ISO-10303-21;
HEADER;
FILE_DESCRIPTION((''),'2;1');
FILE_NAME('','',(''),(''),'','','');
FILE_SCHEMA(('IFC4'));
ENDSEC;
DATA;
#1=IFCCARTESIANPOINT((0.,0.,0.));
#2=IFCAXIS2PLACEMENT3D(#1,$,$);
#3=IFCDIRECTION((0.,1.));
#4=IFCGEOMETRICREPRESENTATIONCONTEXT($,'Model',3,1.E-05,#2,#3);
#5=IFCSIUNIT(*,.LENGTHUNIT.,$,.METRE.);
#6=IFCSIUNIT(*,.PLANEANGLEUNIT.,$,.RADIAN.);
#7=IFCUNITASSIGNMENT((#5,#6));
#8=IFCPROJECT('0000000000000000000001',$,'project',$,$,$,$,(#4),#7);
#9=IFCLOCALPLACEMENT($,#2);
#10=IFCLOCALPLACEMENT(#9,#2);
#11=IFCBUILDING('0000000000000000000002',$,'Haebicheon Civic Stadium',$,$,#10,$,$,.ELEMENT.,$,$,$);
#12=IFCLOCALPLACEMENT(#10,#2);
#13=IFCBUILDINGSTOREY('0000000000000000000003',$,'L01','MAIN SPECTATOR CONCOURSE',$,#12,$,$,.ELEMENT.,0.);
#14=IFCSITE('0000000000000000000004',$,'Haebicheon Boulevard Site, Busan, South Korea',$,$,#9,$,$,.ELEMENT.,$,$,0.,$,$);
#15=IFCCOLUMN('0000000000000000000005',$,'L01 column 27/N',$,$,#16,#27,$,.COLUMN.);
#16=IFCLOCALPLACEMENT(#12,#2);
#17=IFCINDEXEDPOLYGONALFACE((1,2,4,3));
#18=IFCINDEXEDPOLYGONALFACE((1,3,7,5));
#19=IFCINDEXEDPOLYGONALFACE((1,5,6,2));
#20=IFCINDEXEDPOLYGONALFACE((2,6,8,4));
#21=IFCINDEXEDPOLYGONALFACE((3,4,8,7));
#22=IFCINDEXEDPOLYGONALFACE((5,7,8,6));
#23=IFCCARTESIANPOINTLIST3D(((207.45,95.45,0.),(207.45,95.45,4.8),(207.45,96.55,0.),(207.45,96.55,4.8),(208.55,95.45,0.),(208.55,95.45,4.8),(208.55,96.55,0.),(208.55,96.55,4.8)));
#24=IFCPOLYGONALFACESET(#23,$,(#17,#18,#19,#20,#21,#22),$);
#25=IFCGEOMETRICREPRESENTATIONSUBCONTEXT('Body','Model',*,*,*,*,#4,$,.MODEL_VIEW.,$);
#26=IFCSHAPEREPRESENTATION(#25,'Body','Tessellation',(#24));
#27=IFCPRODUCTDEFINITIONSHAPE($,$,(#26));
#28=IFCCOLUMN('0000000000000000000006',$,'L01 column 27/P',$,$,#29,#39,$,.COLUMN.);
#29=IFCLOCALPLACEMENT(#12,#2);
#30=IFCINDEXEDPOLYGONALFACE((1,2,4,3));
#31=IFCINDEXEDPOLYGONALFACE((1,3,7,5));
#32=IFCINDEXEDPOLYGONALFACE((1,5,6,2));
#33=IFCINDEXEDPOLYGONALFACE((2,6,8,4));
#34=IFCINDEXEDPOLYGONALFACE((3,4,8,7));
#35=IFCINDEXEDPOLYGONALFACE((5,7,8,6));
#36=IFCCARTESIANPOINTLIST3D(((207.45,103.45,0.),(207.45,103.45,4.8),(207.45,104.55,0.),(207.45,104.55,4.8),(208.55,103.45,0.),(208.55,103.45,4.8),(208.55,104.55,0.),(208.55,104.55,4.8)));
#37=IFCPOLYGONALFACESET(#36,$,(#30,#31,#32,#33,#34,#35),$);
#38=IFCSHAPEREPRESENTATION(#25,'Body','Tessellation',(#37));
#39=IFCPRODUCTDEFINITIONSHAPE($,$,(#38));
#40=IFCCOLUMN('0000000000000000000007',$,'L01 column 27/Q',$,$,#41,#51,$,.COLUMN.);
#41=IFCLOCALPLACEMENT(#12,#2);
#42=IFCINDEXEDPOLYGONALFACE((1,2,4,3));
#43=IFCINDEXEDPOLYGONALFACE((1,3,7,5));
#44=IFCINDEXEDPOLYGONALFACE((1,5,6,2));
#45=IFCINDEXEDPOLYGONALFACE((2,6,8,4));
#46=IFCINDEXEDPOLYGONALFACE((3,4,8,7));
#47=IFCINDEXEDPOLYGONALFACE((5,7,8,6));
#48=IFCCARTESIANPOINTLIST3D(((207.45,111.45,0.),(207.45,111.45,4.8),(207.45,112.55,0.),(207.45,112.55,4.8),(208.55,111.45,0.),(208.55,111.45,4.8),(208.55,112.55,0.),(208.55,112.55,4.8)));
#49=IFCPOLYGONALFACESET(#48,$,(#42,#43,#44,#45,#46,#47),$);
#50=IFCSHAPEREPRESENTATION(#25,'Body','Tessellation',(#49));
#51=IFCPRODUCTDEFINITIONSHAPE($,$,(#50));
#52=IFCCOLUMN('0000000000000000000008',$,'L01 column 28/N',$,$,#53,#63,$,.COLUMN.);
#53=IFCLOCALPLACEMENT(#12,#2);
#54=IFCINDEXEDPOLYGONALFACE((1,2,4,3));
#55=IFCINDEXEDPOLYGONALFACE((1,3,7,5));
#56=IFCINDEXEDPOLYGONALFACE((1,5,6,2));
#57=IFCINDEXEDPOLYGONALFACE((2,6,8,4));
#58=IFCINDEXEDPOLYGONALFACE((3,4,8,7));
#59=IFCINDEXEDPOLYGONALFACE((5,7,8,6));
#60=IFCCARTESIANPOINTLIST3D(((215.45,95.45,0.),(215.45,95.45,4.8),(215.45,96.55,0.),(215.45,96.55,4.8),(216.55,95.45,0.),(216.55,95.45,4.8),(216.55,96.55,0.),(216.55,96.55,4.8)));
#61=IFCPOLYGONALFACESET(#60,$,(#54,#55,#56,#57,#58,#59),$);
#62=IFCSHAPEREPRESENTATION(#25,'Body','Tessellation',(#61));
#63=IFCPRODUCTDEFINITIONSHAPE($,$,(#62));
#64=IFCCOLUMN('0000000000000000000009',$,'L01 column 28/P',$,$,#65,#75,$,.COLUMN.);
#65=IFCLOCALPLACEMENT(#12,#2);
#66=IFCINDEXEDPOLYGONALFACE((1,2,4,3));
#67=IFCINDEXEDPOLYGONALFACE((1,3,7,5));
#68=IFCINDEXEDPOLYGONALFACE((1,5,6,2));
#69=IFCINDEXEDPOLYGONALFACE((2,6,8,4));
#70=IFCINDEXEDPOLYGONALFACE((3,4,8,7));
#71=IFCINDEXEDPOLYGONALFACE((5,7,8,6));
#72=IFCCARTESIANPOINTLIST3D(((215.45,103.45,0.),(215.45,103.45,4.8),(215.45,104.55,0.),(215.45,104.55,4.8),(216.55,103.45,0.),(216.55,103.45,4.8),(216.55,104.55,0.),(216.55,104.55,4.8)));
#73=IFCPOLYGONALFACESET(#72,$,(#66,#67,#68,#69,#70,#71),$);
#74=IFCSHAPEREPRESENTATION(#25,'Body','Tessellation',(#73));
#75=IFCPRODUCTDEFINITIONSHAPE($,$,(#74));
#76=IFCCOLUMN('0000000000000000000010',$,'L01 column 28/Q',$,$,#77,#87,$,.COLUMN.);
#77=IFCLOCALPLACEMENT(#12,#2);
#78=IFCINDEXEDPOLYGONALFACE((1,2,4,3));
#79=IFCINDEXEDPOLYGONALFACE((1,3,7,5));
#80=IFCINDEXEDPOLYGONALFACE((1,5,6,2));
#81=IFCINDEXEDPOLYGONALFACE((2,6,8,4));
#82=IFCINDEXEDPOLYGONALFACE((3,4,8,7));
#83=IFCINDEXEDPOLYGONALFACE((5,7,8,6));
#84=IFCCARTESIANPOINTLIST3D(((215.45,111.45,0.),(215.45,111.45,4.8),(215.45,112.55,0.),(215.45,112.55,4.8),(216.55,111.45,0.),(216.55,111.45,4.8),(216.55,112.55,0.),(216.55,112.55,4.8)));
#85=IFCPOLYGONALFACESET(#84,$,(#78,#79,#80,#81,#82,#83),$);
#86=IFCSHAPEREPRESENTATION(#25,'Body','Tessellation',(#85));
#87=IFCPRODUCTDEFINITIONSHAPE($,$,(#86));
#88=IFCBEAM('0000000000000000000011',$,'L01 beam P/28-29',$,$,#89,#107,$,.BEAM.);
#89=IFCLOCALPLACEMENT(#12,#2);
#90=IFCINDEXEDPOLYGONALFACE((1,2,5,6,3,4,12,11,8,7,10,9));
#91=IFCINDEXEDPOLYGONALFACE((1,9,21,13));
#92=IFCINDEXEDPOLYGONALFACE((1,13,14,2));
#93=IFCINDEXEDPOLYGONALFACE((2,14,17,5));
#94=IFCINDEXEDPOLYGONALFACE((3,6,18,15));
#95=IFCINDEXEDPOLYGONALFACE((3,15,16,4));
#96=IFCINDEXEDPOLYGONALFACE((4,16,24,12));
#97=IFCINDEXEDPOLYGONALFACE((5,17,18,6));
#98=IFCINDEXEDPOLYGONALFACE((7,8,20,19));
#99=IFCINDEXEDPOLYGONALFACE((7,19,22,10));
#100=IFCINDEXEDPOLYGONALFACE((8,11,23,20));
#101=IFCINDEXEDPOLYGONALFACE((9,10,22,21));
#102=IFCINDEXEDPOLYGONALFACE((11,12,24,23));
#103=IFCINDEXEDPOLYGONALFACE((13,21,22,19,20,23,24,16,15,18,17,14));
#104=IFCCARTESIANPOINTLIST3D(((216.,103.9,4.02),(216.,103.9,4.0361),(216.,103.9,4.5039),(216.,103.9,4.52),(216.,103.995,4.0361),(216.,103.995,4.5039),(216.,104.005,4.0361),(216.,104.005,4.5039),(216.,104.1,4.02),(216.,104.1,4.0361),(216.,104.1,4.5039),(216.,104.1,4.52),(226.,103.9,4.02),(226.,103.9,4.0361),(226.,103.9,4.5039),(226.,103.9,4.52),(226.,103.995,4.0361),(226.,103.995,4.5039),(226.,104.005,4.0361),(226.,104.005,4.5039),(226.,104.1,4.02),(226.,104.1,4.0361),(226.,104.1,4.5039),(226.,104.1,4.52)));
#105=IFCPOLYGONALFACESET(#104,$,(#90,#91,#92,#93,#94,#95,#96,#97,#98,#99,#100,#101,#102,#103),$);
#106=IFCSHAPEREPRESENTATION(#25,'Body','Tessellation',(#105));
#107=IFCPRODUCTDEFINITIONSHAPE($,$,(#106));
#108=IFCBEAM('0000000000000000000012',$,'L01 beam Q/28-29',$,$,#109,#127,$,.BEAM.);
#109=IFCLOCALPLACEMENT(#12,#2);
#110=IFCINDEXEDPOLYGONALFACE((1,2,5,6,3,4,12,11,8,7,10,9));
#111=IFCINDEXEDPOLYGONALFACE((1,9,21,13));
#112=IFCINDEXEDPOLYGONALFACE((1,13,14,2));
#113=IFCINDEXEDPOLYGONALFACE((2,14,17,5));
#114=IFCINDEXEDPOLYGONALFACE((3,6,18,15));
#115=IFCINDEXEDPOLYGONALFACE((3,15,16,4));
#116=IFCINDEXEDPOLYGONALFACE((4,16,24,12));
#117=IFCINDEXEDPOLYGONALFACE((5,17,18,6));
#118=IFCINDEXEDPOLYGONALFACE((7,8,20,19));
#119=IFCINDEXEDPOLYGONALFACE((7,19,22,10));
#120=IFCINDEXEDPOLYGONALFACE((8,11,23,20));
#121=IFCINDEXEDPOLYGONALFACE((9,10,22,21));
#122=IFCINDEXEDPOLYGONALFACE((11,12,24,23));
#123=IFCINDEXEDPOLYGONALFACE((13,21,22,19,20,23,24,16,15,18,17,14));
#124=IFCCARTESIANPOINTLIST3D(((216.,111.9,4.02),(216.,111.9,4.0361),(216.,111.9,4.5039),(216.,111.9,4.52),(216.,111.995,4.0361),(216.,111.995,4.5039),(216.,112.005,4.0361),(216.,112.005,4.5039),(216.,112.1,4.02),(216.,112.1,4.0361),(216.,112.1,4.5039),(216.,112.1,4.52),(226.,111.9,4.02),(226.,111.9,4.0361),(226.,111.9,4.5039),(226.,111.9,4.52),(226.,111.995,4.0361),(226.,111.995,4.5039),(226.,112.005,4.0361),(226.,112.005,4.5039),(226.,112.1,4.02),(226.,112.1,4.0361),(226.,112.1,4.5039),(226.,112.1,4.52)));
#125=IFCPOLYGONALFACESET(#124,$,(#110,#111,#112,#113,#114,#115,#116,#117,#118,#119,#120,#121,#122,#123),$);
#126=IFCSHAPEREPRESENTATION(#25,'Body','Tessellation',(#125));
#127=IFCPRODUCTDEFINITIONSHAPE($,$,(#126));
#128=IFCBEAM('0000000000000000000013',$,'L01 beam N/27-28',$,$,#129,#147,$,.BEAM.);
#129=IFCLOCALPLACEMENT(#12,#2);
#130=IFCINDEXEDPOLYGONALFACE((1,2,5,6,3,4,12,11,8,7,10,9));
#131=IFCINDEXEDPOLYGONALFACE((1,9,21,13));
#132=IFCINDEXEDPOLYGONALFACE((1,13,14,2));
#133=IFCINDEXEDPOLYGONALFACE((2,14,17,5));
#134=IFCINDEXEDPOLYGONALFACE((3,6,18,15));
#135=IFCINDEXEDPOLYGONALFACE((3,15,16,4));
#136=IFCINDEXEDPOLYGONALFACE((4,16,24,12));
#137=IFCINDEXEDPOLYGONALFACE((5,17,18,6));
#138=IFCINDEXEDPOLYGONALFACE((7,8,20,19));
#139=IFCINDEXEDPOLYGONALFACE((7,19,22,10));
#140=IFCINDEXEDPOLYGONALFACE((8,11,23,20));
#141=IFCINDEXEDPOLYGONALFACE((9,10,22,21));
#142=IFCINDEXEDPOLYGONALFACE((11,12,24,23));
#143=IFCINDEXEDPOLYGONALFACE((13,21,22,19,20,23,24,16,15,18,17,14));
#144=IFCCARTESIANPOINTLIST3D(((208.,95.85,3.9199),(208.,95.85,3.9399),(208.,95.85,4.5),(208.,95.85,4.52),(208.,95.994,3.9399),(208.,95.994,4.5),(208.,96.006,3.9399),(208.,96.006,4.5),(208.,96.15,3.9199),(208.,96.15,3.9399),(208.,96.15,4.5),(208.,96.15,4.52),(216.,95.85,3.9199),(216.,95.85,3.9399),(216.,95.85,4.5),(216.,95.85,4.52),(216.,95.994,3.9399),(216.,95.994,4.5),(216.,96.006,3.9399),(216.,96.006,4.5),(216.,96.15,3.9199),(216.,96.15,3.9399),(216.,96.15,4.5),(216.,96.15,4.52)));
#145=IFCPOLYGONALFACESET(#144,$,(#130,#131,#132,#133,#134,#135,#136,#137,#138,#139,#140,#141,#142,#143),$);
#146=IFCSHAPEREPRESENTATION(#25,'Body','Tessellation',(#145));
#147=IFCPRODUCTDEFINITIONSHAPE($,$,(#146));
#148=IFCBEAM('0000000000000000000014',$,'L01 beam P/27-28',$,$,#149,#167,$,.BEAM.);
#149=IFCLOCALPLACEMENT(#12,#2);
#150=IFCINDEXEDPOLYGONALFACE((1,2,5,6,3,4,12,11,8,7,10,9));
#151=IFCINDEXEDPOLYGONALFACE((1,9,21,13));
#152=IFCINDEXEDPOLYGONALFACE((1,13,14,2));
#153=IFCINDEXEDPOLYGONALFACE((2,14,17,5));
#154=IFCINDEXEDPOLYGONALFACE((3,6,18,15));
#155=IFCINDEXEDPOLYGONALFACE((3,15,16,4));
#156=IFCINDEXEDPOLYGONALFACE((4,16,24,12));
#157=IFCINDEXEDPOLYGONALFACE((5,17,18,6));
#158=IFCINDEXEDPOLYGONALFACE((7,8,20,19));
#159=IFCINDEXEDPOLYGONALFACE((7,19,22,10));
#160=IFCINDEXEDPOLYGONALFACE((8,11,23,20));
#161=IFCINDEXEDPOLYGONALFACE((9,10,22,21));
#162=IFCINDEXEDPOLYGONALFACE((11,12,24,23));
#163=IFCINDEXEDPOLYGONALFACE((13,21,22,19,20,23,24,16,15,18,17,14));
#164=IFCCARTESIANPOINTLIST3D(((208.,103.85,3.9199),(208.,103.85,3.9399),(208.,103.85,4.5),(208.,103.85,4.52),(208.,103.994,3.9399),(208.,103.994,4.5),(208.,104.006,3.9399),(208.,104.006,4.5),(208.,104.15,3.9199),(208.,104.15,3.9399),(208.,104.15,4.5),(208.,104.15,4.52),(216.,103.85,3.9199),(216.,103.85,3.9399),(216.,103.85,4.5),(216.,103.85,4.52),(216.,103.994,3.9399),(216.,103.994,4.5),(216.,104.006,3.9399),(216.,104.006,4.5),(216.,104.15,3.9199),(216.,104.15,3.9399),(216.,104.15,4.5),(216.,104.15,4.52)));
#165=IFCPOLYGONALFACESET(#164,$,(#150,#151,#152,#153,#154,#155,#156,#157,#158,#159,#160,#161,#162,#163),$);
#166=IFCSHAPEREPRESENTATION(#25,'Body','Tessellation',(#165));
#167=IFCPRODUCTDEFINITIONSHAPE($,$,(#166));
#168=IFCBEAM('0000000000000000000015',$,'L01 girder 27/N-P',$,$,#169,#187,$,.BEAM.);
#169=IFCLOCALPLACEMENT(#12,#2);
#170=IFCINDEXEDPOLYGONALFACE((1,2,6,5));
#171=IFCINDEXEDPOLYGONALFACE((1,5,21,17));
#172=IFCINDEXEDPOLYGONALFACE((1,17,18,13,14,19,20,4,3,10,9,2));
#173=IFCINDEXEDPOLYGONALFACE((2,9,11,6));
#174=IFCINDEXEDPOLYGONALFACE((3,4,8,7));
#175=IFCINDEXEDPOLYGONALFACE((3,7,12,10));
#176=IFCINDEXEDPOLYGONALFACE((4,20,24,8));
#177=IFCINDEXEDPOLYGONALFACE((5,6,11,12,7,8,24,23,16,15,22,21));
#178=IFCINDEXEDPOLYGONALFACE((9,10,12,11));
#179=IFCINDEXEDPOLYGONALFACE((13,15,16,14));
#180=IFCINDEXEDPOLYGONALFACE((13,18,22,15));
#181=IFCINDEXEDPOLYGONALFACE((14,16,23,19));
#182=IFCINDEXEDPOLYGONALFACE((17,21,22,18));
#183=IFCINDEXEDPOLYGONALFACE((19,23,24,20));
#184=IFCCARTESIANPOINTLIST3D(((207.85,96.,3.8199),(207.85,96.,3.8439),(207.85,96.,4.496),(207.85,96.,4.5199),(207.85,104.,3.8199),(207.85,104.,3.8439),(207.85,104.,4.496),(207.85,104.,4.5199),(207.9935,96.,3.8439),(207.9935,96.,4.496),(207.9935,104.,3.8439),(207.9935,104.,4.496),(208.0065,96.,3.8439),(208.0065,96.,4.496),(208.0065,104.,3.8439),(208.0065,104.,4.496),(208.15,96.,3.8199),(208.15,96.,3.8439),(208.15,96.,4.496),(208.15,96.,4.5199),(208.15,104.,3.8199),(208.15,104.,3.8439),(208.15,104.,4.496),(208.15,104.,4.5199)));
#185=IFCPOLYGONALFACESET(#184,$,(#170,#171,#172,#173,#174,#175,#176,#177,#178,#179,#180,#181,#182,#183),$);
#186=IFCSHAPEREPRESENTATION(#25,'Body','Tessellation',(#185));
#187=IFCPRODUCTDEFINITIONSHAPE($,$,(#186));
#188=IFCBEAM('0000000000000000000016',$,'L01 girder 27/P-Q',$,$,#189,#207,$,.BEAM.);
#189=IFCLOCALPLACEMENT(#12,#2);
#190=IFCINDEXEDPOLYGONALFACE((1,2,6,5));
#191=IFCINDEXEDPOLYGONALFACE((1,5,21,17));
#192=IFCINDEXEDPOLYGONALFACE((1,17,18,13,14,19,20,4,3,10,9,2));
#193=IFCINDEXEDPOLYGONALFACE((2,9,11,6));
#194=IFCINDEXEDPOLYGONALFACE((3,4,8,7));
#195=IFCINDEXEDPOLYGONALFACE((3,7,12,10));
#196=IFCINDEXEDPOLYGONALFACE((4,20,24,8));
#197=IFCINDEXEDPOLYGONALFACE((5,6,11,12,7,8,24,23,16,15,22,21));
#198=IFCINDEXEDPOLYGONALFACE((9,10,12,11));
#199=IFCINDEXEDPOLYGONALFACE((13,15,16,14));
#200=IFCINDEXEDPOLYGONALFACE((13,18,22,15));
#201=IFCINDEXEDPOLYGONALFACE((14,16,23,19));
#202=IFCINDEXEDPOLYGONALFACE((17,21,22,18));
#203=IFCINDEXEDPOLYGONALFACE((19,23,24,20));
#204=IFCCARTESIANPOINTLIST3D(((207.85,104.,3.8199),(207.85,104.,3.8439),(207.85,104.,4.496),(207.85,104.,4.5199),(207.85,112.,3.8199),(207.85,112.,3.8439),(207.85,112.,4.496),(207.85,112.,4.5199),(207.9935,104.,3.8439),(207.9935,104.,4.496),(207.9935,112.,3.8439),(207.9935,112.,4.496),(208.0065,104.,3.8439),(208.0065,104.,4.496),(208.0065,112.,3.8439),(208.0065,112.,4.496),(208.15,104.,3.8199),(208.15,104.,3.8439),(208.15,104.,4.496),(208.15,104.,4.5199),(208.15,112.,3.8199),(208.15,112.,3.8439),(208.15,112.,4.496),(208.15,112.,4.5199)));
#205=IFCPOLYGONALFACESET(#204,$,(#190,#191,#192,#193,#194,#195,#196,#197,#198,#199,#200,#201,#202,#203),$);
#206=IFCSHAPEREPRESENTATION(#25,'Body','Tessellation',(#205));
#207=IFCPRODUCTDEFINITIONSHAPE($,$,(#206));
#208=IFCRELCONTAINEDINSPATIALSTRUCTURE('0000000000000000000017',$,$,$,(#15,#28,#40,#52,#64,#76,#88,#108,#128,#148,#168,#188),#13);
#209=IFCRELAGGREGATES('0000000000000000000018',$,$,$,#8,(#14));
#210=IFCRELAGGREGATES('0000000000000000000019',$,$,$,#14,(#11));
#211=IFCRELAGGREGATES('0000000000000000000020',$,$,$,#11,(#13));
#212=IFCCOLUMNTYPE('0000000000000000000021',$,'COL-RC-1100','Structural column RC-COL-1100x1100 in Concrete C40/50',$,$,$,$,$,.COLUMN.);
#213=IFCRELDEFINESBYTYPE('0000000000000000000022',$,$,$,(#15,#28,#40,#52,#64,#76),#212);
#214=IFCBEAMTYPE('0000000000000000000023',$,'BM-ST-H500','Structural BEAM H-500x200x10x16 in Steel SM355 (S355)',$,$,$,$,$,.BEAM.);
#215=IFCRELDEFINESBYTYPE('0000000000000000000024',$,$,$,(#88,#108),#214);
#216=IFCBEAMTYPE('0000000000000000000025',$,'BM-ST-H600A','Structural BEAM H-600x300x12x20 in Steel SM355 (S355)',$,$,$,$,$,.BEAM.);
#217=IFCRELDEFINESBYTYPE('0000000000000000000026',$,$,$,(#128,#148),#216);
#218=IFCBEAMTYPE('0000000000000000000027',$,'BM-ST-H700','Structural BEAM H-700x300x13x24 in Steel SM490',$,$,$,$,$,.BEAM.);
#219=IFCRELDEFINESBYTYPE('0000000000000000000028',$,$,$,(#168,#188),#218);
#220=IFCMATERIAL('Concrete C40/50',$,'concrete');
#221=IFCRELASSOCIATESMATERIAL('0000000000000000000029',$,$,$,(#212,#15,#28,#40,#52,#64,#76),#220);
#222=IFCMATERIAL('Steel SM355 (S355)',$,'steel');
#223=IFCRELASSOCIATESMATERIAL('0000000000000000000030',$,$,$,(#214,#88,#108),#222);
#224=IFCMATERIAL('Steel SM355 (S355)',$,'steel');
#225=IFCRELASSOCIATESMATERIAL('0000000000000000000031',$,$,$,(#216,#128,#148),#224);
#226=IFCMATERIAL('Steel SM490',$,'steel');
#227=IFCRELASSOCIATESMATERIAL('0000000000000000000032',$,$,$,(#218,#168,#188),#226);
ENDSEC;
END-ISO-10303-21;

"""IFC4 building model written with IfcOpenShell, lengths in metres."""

from ifc_helpers import new_model, si_unit, direction, frame, origin, origin_2d, place, context, subcontext, project, spatial, rectangle, i_section, extrude, material, material_profile, profile_set, type_object, element, save


model = new_model("IFC4")

# Units and contexts
model_context = context("Model", 3, precision=1e-05, world=origin(), true_north=direction((0.0, 1.0)))
body_context = subcontext(model_context, "Body", "Model", "MODEL_VIEW")
ifc_project = project(units=[si_unit("LENGTHUNIT", "METRE"), si_unit("PLANEANGLEUNIT", "RADIAN")], contexts=[model_context])

# Site, building, storey
site_placement = place(None, origin())
site = spatial("IfcSite", under=ifc_project, at=site_placement, Name="Haebicheon Boulevard Site, Busan, South Korea", CompositionType="ELEMENT", RefElevation=0.0)
building_placement = place(site_placement, origin())
building = spatial("IfcBuilding", under=site, at=building_placement, Name="Haebicheon Civic Stadium", CompositionType="ELEMENT")
storey_placement = place(building_placement, origin())
storey = spatial("IfcBuildingStorey", under=building, at=storey_placement, Name="L01", Description="MAIN SPECTATOR CONCOURSE", CompositionType="ELEMENT", Elevation=0.0)

# Columns
ifc_material_1 = material(Name="Concrete C40/50", Category="concrete")
ifc_material_profile_1 = material_profile(ifc_material_1, rectangle(XDim=1.1001, YDim=1.1001, at=origin_2d()), Name="RC-COL-1100x1100")
ifc_profile_set_1 = profile_set([ifc_material_profile_1], Name="Concrete C40/50")
column_type = type_object("IfcColumnType", Name="COL-RC-1100", Description="Structural column RC-COL-1100x1100 in Concrete C40/50", PredefinedType="COLUMN", material=ifc_profile_set_1)
for number, where, z_axis, x_axis, name in (
    (1, (208.0, 96.0, 0.0), (0.0, 0.0, 1.0), (1.0, 0.0, 0.0), "L01 column 27/N"),
    (2, (208.0, 104.0, 0.0), (0.0, 0.0, 1.0), (1.0, 0.0, 0.0), "L01 column 27/P"),
    (3, (208.0, 112.0, 0.0), (0.0, 0.0, 1.0), (1.0, 0.0, 0.0), "L01 column 27/Q"),
    (4, (216.0, 96.0, 0.0), (0.0, 0.0, 1.0), (1.0, 0.0, 0.0), "L01 column 28/N"),
    (5, (216.0, 104.0, 0.0), (0.0, 0.0, 1.0), (1.0, 0.0, 0.0), "L01 column 28/P"),
    (6, (216.0, 112.0, 0.0), (0.0, 0.0, 1.0), (1.0, 0.0, 0.0), "L01 column 28/Q"),
):
    element("IfcColumn", number, at=place(storey_placement, frame(where, z_axis=z_axis, x_axis=x_axis)), inside=storey, type_object=column_type, material=ifc_profile_set_1, Name=name, PredefinedType="COLUMN", context=body_context, shape_type="SweptSolid", body=[
        extrude(rectangle(XDim=1.1001, YDim=1.1001, at=origin_2d()), origin(), (0.0, 0.0, 1.0), 4.8),
    ])

# Beams
ifc_material_2 = material(Name="Steel SM355 (S355)", Category="steel")
ifc_material_profile_2 = material_profile(ifc_material_2, i_section(OverallWidth=0.2, OverallDepth=0.5, WebThickness=0.01, FlangeThickness=0.0161, at=origin_2d()), Name="H-500x200x10x16")
ifc_profile_set_2 = profile_set([ifc_material_profile_2], Name="Steel SM355 (S355)")
beam_type_1 = type_object("IfcBeamType", Name="BM-ST-H500", Description="Structural BEAM H-500x200x10x16 in Steel SM355 (S355)", PredefinedType="BEAM", material=ifc_profile_set_2)
for number, where, z_axis, x_axis, name in (
    (7, (216.0, 104.0, 4.27), (1.0, 0.0, 0.0), (0.0, 1.0, 0.0), "L01 beam P/28-29"),
    (8, (216.0, 112.0, 4.27), (1.0, 0.0, 0.0), (0.0, 1.0, 0.0), "L01 beam Q/28-29"),
):
    element("IfcBeam", number, at=place(storey_placement, frame(where, z_axis=z_axis, x_axis=x_axis)), inside=storey, type_object=beam_type_1, material=ifc_profile_set_2, Name=name, PredefinedType="BEAM", context=body_context, shape_type="SweptSolid", body=[
        extrude(i_section(OverallWidth=0.2, OverallDepth=0.5, WebThickness=0.01, FlangeThickness=0.0161, at=origin_2d()), origin(), (0.0, 0.0, 1.0), 10.0),
    ])
ifc_material_3 = material(Name="Steel SM355 (S355)", Category="steel")
ifc_material_profile_3 = material_profile(ifc_material_3, i_section(OverallWidth=0.3, OverallDepth=0.6001, WebThickness=0.012, FlangeThickness=0.02, at=origin_2d()), Name="H-600x300x12x20")
ifc_profile_set_3 = profile_set([ifc_material_profile_3], Name="Steel SM355 (S355)")
beam_type_2 = type_object("IfcBeamType", Name="BM-ST-H600A", Description="Structural BEAM H-600x300x12x20 in Steel SM355 (S355)", PredefinedType="BEAM", material=ifc_profile_set_3)
for number, where, z_axis, x_axis, name in (
    (9, (208.0, 96.0, 4.22), (1.0, 0.0, 0.0), (0.0, 1.0, 0.0), "L01 beam N/27-28"),
    (10, (208.0, 104.0, 4.22), (1.0, 0.0, 0.0), (0.0, 1.0, 0.0), "L01 beam P/27-28"),
):
    element("IfcBeam", number, at=place(storey_placement, frame(where, z_axis=z_axis, x_axis=x_axis)), inside=storey, type_object=beam_type_2, material=ifc_profile_set_3, Name=name, PredefinedType="BEAM", context=body_context, shape_type="SweptSolid", body=[
        extrude(i_section(OverallWidth=0.3, OverallDepth=0.6001, WebThickness=0.012, FlangeThickness=0.02, at=origin_2d()), origin(), (0.0, 0.0, 1.0), 8.0),
    ])
ifc_material_4 = material(Name="Steel SM490", Category="steel")
ifc_material_profile_4 = material_profile(ifc_material_4, i_section(OverallWidth=0.3, OverallDepth=0.7, WebThickness=0.0129, FlangeThickness=0.0239, at=origin_2d()), Name="H-700x300x13x24")
ifc_profile_set_4 = profile_set([ifc_material_profile_4], Name="Steel SM490")
beam_type_3 = type_object("IfcBeamType", Name="BM-ST-H700", Description="Structural BEAM H-700x300x13x24 in Steel SM490", PredefinedType="BEAM", material=ifc_profile_set_4)
for number, where, z_axis, x_axis, name in (
    (11, (208.0, 96.0, 4.1699), (0.0, 1.0, 0.0), (-1.0, 0.0, 0.0), "L01 girder 27/N-P"),
    (12, (208.0, 104.0, 4.1699), (0.0, 1.0, 0.0), (-1.0, 0.0, 0.0), "L01 girder 27/P-Q"),
):
    element("IfcBeam", number, at=place(storey_placement, frame(where, z_axis=z_axis, x_axis=x_axis)), inside=storey, type_object=beam_type_3, material=ifc_profile_set_4, Name=name, PredefinedType="BEAM", context=body_context, shape_type="SweptSolid", body=[
        extrude(i_section(OverallWidth=0.3, OverallDepth=0.7, WebThickness=0.0129, FlangeThickness=0.0239, at=origin_2d()), origin(), (0.0, 0.0, 1.0), 8.0),
    ])

save(model, "model.ifc")
